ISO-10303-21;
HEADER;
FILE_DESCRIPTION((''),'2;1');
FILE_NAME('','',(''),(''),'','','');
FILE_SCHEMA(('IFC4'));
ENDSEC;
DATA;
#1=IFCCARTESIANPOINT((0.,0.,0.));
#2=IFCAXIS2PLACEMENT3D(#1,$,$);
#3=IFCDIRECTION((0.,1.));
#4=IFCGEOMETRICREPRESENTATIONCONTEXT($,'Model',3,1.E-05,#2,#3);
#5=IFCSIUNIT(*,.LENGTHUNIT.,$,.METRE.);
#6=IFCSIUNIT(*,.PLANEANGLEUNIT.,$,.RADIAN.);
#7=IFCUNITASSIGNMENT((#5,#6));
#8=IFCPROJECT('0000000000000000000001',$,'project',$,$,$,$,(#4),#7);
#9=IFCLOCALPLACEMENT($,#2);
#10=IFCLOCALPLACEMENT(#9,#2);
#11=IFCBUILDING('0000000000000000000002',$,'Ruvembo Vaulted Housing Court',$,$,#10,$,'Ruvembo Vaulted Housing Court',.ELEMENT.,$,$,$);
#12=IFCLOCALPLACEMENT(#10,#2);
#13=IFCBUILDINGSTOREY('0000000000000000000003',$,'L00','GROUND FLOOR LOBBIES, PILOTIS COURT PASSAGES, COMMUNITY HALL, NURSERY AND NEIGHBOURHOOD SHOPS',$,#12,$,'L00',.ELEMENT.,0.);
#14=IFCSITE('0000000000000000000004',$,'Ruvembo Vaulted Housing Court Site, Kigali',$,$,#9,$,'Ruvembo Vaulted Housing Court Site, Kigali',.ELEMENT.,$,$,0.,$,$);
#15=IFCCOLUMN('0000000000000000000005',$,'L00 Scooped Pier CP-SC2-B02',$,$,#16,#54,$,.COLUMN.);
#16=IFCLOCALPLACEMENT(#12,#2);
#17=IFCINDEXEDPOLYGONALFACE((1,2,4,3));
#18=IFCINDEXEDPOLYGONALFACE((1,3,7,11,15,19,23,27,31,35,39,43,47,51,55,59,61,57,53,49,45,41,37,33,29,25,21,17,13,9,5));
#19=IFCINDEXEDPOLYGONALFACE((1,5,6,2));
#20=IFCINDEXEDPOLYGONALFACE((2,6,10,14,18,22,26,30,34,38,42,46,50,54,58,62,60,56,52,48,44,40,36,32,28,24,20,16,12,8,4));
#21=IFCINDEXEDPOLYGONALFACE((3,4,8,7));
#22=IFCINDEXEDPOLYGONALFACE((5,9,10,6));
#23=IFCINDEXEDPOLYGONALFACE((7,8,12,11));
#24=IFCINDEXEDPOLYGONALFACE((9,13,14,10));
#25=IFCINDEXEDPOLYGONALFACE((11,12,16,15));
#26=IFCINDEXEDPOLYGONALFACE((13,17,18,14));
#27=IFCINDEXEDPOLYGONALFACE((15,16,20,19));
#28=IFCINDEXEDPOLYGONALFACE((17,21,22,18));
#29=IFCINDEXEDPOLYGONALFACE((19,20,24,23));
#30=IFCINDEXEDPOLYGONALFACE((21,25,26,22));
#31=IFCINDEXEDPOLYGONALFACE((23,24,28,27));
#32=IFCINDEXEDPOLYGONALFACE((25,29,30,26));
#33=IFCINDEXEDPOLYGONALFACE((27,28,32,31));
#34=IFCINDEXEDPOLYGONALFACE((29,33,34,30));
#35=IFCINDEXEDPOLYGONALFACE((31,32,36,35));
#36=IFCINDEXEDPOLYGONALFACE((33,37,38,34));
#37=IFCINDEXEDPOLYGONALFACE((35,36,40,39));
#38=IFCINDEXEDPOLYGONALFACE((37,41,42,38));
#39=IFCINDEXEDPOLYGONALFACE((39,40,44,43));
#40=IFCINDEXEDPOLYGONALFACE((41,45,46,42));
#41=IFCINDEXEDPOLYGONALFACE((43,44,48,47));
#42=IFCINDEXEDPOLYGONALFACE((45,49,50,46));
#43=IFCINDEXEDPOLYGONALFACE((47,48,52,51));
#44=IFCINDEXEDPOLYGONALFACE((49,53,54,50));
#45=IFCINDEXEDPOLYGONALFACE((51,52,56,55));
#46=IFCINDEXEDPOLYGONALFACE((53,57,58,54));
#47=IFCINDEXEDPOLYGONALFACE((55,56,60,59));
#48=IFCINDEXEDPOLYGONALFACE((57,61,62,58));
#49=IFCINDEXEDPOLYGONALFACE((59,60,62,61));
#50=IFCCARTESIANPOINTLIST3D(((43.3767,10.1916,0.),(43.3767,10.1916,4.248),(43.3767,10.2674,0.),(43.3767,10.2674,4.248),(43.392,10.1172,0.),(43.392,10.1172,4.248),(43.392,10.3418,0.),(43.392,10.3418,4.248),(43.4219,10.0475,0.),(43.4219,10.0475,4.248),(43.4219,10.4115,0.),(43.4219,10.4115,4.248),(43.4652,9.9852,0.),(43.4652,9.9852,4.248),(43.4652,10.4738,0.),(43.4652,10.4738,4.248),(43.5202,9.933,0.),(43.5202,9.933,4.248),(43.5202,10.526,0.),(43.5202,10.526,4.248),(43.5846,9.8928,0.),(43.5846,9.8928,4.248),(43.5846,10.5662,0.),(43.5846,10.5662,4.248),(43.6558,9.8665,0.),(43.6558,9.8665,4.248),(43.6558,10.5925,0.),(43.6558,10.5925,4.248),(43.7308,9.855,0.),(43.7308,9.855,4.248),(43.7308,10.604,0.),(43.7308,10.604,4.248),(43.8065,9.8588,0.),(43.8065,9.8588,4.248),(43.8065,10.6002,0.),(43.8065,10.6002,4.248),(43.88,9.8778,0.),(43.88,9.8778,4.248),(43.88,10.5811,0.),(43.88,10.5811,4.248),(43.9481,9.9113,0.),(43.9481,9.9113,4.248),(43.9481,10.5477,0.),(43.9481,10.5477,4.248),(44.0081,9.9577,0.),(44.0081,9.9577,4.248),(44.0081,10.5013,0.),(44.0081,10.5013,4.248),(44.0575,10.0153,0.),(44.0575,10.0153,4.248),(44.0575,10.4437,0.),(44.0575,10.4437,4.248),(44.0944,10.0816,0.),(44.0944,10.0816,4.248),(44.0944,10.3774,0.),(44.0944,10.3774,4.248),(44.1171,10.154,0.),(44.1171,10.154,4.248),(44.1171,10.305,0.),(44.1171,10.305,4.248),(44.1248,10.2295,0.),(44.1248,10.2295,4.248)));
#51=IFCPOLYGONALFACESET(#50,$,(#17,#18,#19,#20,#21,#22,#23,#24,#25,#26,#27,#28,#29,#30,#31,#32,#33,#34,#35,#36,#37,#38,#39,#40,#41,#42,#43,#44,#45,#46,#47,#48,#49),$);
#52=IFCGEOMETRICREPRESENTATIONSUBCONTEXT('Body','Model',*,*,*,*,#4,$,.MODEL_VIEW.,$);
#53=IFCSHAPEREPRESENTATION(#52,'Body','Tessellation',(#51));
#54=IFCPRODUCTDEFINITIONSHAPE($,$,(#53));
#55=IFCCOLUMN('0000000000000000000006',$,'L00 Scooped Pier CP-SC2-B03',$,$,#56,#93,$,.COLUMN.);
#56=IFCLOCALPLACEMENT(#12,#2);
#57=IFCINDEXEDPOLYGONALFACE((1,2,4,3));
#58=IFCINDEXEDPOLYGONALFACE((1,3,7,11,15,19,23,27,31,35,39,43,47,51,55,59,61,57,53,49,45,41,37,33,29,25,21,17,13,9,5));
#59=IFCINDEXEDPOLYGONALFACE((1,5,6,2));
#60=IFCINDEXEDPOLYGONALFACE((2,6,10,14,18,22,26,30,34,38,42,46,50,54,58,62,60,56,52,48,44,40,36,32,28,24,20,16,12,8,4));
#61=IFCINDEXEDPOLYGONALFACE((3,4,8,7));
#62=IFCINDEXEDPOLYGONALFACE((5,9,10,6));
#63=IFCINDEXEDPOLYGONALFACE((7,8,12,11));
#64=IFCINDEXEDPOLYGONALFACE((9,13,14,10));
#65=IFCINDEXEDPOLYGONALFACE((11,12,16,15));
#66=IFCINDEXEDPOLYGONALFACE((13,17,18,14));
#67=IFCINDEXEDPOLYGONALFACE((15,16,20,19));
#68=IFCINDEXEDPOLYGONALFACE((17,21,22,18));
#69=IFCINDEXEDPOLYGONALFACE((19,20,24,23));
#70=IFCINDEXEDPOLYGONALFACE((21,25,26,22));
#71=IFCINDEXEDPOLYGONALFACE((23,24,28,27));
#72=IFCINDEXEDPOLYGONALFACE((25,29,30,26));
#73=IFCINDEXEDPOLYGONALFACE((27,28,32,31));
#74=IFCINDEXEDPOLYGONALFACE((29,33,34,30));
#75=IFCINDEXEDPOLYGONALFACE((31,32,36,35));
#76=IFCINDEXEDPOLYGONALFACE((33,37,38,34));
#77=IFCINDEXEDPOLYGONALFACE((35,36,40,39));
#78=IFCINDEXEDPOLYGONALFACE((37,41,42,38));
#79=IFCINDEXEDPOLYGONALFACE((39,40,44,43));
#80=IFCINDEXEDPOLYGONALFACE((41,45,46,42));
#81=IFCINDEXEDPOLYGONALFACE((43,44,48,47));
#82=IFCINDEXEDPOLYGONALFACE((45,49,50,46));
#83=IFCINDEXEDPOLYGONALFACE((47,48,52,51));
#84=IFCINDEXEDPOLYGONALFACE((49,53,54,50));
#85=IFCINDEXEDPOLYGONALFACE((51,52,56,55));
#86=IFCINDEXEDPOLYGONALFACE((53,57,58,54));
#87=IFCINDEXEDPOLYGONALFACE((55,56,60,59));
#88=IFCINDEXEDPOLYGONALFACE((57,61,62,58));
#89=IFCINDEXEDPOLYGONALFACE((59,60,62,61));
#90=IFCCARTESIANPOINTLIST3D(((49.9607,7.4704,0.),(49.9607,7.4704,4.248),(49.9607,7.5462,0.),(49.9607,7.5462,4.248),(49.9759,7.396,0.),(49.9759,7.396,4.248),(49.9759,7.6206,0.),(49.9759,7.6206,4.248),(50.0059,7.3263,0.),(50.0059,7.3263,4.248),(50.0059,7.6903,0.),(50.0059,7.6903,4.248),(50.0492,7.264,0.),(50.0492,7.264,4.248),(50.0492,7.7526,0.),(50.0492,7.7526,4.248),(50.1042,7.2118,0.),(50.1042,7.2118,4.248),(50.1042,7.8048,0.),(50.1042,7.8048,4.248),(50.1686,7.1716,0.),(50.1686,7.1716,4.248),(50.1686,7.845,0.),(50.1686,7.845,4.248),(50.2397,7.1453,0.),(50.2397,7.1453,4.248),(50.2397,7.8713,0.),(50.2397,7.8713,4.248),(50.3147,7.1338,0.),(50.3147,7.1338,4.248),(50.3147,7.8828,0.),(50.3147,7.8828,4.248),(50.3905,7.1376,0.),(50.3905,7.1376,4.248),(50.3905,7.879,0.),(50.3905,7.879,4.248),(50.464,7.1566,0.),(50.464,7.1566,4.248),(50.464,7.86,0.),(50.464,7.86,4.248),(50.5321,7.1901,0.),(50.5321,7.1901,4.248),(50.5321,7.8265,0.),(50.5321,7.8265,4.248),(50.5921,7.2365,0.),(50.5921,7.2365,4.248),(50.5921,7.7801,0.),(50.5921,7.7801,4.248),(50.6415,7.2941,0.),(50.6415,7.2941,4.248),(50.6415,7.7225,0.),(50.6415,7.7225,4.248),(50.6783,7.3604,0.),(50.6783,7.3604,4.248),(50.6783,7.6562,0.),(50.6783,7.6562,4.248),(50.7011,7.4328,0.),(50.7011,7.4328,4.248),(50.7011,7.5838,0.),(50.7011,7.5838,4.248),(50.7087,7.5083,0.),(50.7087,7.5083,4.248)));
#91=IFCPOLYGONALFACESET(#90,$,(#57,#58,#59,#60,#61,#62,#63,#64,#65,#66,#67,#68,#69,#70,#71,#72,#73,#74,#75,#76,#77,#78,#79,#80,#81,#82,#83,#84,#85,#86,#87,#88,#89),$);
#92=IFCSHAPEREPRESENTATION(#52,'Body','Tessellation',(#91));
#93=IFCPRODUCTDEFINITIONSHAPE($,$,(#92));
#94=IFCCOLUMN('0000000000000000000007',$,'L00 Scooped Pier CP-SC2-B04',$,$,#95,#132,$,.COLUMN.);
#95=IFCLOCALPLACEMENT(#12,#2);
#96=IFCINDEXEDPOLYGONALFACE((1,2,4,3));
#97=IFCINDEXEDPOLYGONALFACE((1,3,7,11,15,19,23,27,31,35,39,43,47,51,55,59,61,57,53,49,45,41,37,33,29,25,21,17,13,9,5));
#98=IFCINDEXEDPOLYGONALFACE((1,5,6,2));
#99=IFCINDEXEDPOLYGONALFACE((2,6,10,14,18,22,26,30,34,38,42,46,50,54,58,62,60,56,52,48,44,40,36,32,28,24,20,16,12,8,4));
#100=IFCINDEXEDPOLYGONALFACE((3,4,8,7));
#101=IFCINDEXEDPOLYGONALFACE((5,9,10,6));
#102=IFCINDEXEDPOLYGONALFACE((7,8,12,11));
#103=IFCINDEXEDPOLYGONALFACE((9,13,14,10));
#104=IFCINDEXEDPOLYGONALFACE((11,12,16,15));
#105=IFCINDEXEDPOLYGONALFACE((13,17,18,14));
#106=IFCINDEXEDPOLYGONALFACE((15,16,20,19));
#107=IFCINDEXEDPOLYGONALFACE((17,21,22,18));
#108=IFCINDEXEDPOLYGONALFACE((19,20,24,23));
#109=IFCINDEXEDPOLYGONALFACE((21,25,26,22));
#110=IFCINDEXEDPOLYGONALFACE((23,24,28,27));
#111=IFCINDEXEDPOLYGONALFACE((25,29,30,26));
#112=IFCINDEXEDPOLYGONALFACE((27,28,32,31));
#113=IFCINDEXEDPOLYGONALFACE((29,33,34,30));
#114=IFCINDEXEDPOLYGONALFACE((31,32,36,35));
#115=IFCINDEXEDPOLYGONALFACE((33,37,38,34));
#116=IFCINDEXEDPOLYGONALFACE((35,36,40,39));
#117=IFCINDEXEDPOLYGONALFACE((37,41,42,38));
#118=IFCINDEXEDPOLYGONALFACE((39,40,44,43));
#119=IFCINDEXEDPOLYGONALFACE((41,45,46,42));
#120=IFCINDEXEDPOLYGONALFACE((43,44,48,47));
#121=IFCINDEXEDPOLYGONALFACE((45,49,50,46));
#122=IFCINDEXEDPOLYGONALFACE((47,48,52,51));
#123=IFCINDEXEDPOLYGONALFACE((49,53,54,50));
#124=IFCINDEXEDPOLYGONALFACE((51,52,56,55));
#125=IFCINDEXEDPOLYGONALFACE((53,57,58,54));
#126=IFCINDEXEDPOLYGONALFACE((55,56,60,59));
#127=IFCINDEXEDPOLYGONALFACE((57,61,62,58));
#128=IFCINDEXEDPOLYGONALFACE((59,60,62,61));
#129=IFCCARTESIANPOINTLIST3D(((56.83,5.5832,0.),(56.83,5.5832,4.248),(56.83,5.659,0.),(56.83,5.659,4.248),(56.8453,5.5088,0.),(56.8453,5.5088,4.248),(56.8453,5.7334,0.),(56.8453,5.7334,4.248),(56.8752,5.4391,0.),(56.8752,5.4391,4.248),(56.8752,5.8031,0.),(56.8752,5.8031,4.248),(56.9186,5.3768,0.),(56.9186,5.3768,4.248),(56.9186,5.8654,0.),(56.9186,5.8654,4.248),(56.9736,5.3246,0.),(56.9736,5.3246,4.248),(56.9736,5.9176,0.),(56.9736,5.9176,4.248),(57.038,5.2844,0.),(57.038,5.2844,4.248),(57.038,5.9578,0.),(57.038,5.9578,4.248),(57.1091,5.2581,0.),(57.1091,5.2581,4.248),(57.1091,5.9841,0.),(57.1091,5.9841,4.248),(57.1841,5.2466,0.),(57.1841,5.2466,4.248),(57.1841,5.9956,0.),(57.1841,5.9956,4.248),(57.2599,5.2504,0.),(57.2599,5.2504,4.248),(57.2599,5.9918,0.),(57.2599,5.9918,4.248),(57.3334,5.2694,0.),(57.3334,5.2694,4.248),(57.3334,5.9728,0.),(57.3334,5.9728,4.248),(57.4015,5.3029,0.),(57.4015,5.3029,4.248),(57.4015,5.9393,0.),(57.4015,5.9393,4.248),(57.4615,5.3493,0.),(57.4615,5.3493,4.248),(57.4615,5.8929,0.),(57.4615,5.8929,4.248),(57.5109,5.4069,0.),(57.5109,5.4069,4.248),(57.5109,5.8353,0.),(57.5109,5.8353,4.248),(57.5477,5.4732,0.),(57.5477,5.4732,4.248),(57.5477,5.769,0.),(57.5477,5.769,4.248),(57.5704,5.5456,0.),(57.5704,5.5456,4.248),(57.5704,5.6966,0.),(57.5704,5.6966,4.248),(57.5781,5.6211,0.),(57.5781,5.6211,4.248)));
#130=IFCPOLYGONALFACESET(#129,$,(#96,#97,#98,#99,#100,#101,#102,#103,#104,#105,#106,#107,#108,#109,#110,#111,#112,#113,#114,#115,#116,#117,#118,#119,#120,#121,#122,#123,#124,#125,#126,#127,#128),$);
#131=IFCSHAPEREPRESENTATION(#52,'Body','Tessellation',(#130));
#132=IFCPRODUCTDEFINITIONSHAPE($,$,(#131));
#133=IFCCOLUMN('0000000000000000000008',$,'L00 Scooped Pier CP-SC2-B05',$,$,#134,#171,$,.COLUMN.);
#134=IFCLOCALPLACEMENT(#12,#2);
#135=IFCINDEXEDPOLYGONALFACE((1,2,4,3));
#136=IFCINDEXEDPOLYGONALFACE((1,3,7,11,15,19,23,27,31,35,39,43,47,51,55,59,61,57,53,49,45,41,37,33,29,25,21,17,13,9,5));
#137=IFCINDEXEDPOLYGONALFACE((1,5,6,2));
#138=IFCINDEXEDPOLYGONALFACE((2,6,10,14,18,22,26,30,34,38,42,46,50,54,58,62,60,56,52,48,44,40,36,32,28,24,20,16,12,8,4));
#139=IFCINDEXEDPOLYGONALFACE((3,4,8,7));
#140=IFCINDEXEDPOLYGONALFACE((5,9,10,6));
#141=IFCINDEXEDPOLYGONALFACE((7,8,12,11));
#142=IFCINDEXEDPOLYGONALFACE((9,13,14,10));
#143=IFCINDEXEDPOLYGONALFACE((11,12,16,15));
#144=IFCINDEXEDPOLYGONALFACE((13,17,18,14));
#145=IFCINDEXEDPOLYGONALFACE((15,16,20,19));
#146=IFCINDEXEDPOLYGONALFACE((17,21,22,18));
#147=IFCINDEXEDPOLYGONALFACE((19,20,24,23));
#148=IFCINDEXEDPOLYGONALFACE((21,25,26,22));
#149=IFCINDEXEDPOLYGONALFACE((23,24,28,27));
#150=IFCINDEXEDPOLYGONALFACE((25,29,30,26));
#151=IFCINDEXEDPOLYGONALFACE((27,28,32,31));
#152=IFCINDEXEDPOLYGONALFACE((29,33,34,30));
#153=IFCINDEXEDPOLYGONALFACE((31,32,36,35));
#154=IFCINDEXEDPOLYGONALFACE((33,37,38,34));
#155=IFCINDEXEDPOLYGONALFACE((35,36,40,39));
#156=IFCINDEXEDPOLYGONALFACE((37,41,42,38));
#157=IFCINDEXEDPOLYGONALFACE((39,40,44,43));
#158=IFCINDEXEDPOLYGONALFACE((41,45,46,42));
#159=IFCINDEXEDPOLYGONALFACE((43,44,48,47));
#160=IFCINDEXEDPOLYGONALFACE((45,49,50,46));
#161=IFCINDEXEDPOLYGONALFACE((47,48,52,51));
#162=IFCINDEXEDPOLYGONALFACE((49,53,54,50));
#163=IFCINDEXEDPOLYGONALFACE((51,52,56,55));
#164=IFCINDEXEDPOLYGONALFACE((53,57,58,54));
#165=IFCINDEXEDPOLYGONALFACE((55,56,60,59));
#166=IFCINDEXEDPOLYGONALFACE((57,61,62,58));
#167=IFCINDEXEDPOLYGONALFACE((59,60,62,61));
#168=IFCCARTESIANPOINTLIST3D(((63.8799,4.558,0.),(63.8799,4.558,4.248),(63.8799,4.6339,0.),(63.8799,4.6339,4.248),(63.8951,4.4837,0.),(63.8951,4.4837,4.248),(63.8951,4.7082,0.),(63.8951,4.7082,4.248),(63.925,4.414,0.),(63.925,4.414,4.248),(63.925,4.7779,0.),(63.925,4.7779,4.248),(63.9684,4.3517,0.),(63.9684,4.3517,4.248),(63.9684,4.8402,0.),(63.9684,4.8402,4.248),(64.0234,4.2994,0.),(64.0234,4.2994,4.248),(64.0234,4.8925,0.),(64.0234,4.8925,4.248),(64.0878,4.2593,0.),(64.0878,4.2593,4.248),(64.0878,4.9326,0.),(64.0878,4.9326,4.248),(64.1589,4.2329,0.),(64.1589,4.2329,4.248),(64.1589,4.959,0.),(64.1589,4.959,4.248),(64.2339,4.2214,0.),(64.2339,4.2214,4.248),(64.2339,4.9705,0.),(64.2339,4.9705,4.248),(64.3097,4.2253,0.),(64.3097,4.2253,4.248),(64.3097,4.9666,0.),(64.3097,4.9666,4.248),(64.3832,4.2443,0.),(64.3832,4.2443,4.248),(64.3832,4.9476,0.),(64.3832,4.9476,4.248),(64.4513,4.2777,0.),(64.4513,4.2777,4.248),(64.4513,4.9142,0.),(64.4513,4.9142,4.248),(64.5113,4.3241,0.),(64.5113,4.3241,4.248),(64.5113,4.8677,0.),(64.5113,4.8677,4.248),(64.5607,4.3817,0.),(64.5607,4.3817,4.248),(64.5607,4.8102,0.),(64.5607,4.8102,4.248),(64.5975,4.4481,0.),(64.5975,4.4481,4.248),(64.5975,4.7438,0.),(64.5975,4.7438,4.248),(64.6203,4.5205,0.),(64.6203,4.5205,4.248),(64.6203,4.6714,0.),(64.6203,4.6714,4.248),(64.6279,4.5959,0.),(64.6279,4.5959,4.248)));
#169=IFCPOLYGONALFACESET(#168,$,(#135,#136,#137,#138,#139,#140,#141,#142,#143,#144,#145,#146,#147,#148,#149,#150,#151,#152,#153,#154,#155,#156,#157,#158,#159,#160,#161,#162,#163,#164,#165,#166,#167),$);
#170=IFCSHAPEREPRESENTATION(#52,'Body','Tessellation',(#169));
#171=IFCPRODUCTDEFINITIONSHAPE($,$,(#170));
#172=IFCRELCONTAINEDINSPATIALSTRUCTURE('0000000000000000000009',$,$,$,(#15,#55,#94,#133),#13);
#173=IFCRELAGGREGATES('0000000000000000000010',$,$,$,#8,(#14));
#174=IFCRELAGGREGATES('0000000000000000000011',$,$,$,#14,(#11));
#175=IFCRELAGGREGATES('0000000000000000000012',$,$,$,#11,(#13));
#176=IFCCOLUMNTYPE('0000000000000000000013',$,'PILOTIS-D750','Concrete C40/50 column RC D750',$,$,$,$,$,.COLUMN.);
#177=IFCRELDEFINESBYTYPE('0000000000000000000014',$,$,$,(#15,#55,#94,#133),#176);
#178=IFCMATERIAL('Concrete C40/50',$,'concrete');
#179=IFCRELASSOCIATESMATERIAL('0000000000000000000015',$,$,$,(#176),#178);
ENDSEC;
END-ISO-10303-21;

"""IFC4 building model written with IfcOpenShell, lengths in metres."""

from ifc_helpers import new_model, si_unit, direction, frame, origin, origin_2d, place, context, subcontext, project, spatial, circle, extrude, material, material_profile, profile_set, type_object, element, save


model = new_model("IFC4")

# Units and contexts
model_context = context("Model", 3, precision=1e-05, world=origin(), true_north=direction((0.0, 1.0)))
body_context = subcontext(model_context, "Body", "Model", "MODEL_VIEW")
ifc_project = project(units=[si_unit("LENGTHUNIT", "METRE"), si_unit("PLANEANGLEUNIT", "RADIAN")], contexts=[model_context])

# Site, building, storey
site_placement = place(None, origin())
site = spatial("IfcSite", under=ifc_project, at=site_placement, Name="Ruvembo Vaulted Housing Court Site, Kigali", LongName="Ruvembo Vaulted Housing Court Site, Kigali", CompositionType="ELEMENT", RefElevation=0.0)
building_placement = place(site_placement, origin())
building = spatial("IfcBuilding", under=site, at=building_placement, Name="Ruvembo Vaulted Housing Court", LongName="Ruvembo Vaulted Housing Court", CompositionType="ELEMENT")
storey_placement = place(building_placement, origin())
storey = spatial("IfcBuildingStorey", under=building, at=storey_placement, Name="L00", Description="GROUND FLOOR LOBBIES, PILOTIS COURT PASSAGES, COMMUNITY HALL, NURSERY AND NEIGHBOURHOOD SHOPS", LongName="L00", CompositionType="ELEMENT", Elevation=0.0)

# Columns
ifc_material_1 = material(Name="Concrete C40/50", Category="concrete")
ifc_material_profile_1 = material_profile(ifc_material_1, circle(Radius=0.375, at=origin_2d()), Name="RC D750")
ifc_profile_set_1 = profile_set([ifc_material_profile_1], Name="Concrete C40/50")
column_type_1 = type_object("IfcColumnType", Name="PILOTIS-D750", Description="Concrete C40/50 column RC D750", PredefinedType="COLUMN", material=ifc_profile_set_1)
for number, where, z_axis, x_axis, name in (
    (1, (43.7498, 10.2295, 0.0), (0.0, 0.0, 1.0), (1.0, 0.0, 0.0), "L00 Scooped Pier CP-SC2-B02"),
    (2, (50.3337, 7.5083, 0.0), (0.0, 0.0, 1.0), (1.0, 0.0, 0.0), "L00 Scooped Pier CP-SC2-B03"),
    (3, (57.2031, 5.6211, 0.0), (0.0, 0.0, 1.0), (1.0, 0.0, 0.0), "L00 Scooped Pier CP-SC2-B04"),
    (4, (64.2529, 4.5959, 0.0), (0.0, 0.0, 1.0), (1.0, 0.0, 0.0), "L00 Scooped Pier CP-SC2-B05"),
):
    element("IfcColumn", number, at=place(storey_placement, frame(where, z_axis=z_axis, x_axis=x_axis)), inside=storey, type_object=column_type_1, Name=name, PredefinedType="COLUMN", context=body_context, shape_type="SweptSolid", body=[
        extrude(circle(Radius=0.375, at=origin_2d()), origin(), (0.0, 0.0, 1.0), 4.248),
    ])

save(model, "model.ifc")
